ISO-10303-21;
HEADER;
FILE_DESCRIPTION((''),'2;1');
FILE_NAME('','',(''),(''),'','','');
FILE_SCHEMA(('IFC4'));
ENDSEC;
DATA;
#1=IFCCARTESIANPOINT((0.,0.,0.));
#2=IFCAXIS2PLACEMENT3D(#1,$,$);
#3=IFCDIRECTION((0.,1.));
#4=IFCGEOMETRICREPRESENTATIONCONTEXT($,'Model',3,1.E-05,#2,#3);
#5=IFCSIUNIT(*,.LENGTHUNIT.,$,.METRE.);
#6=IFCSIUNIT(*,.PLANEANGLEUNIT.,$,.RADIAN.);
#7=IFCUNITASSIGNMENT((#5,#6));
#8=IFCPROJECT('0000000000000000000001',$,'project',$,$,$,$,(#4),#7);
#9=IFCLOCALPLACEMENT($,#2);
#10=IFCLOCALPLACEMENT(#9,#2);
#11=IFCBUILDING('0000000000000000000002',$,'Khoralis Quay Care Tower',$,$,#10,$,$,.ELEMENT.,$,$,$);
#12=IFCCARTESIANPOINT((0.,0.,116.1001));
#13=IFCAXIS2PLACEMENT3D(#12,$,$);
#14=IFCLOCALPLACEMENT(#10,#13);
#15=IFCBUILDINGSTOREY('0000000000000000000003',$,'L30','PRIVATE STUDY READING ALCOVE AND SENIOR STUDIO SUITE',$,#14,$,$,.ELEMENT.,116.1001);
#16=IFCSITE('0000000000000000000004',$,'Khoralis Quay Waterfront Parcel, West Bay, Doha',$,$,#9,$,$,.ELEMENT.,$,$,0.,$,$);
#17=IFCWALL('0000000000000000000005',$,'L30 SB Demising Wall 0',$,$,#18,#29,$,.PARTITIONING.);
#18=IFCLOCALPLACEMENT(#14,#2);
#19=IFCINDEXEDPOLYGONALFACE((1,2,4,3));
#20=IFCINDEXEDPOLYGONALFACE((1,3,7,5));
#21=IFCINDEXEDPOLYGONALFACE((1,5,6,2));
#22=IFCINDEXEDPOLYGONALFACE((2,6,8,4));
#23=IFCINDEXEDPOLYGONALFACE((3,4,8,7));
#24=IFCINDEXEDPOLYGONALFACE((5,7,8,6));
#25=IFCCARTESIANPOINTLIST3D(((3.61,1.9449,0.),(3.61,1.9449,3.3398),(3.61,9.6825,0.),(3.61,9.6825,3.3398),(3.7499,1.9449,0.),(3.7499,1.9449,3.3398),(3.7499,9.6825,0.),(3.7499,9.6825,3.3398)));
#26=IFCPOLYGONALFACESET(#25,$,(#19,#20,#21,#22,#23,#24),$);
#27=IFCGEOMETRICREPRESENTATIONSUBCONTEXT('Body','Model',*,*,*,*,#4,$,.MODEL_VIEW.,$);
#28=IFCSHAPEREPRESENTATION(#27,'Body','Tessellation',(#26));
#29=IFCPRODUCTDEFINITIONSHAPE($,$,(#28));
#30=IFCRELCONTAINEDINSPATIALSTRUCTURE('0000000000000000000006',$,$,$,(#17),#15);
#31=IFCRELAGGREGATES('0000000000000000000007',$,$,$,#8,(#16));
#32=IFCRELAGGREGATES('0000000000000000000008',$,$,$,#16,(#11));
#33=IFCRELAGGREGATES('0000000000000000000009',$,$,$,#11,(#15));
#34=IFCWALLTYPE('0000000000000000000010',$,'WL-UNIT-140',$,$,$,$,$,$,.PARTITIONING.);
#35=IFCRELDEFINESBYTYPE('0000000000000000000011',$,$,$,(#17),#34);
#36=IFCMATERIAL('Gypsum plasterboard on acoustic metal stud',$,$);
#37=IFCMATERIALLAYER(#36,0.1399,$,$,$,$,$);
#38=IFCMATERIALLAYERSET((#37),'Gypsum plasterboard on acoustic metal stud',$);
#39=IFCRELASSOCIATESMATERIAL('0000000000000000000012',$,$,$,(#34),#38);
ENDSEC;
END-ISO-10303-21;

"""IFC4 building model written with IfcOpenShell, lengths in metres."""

from ifc_helpers import new_model, si_unit, direction, frame, frame_2d, origin, place, context, subcontext, project, spatial, rectangle, extrude, material, layer, layer_set, type_object, element, save


model = new_model("IFC4")

# Units and contexts
model_context = context("Model", 3, precision=1e-05, world=origin(), true_north=direction((0.0, 1.0)))
body_context = subcontext(model_context, "Body", "Model", "MODEL_VIEW")
ifc_project = project(units=[si_unit("LENGTHUNIT", "METRE"), si_unit("PLANEANGLEUNIT", "RADIAN")], contexts=[model_context])

# Site, building, storey
site_placement = place(None, origin())
site = spatial("IfcSite", under=ifc_project, at=site_placement, Name="Khoralis Quay Waterfront Parcel, West Bay, Doha", CompositionType="ELEMENT", RefElevation=0.0)
building_placement = place(site_placement, origin())
building = spatial("IfcBuilding", under=site, at=building_placement, Name="Khoralis Quay Care Tower", CompositionType="ELEMENT")
storey_placement = place(building_placement, frame((0.0, 0.0, 116.1001)))
storey = spatial("IfcBuildingStorey", under=building, at=storey_placement, Name="L30", Description="PRIVATE STUDY READING ALCOVE AND SENIOR STUDIO SUITE", CompositionType="ELEMENT", Elevation=116.1001)

# Shared definitions
ifc_material_1 = material(Name="Gypsum plasterboard on acoustic metal stud")

# Wall
ifc_layer_1 = layer(ifc_material_1, 0.1399)
ifc_layer_set_1 = layer_set([ifc_layer_1], Name="Gypsum plasterboard on acoustic metal stud")
wall_type_1 = type_object("IfcWallType", Name="WL-UNIT-140", PredefinedType="PARTITIONING", material=ifc_layer_set_1)
wall_1_placement = place(storey_placement, frame((3.6799, 1.9451, 0.0), z_axis=(0.0, 0.0, 1.0), x_axis=(0.0, 1.0, 0.0)))
element("IfcWall", 1, at=wall_1_placement, inside=storey, type_object=wall_type_1, Name="L30 SB Demising Wall 0", PredefinedType="PARTITIONING", context=body_context, shape_type="SweptSolid", body=[
    extrude(rectangle(XDim=7.7375, YDim=0.1399, at=frame_2d((3.8687, 0.0))), origin(), (0.0, 0.0, 1.0), 3.3398),
])

save(model, "model.ifc")
